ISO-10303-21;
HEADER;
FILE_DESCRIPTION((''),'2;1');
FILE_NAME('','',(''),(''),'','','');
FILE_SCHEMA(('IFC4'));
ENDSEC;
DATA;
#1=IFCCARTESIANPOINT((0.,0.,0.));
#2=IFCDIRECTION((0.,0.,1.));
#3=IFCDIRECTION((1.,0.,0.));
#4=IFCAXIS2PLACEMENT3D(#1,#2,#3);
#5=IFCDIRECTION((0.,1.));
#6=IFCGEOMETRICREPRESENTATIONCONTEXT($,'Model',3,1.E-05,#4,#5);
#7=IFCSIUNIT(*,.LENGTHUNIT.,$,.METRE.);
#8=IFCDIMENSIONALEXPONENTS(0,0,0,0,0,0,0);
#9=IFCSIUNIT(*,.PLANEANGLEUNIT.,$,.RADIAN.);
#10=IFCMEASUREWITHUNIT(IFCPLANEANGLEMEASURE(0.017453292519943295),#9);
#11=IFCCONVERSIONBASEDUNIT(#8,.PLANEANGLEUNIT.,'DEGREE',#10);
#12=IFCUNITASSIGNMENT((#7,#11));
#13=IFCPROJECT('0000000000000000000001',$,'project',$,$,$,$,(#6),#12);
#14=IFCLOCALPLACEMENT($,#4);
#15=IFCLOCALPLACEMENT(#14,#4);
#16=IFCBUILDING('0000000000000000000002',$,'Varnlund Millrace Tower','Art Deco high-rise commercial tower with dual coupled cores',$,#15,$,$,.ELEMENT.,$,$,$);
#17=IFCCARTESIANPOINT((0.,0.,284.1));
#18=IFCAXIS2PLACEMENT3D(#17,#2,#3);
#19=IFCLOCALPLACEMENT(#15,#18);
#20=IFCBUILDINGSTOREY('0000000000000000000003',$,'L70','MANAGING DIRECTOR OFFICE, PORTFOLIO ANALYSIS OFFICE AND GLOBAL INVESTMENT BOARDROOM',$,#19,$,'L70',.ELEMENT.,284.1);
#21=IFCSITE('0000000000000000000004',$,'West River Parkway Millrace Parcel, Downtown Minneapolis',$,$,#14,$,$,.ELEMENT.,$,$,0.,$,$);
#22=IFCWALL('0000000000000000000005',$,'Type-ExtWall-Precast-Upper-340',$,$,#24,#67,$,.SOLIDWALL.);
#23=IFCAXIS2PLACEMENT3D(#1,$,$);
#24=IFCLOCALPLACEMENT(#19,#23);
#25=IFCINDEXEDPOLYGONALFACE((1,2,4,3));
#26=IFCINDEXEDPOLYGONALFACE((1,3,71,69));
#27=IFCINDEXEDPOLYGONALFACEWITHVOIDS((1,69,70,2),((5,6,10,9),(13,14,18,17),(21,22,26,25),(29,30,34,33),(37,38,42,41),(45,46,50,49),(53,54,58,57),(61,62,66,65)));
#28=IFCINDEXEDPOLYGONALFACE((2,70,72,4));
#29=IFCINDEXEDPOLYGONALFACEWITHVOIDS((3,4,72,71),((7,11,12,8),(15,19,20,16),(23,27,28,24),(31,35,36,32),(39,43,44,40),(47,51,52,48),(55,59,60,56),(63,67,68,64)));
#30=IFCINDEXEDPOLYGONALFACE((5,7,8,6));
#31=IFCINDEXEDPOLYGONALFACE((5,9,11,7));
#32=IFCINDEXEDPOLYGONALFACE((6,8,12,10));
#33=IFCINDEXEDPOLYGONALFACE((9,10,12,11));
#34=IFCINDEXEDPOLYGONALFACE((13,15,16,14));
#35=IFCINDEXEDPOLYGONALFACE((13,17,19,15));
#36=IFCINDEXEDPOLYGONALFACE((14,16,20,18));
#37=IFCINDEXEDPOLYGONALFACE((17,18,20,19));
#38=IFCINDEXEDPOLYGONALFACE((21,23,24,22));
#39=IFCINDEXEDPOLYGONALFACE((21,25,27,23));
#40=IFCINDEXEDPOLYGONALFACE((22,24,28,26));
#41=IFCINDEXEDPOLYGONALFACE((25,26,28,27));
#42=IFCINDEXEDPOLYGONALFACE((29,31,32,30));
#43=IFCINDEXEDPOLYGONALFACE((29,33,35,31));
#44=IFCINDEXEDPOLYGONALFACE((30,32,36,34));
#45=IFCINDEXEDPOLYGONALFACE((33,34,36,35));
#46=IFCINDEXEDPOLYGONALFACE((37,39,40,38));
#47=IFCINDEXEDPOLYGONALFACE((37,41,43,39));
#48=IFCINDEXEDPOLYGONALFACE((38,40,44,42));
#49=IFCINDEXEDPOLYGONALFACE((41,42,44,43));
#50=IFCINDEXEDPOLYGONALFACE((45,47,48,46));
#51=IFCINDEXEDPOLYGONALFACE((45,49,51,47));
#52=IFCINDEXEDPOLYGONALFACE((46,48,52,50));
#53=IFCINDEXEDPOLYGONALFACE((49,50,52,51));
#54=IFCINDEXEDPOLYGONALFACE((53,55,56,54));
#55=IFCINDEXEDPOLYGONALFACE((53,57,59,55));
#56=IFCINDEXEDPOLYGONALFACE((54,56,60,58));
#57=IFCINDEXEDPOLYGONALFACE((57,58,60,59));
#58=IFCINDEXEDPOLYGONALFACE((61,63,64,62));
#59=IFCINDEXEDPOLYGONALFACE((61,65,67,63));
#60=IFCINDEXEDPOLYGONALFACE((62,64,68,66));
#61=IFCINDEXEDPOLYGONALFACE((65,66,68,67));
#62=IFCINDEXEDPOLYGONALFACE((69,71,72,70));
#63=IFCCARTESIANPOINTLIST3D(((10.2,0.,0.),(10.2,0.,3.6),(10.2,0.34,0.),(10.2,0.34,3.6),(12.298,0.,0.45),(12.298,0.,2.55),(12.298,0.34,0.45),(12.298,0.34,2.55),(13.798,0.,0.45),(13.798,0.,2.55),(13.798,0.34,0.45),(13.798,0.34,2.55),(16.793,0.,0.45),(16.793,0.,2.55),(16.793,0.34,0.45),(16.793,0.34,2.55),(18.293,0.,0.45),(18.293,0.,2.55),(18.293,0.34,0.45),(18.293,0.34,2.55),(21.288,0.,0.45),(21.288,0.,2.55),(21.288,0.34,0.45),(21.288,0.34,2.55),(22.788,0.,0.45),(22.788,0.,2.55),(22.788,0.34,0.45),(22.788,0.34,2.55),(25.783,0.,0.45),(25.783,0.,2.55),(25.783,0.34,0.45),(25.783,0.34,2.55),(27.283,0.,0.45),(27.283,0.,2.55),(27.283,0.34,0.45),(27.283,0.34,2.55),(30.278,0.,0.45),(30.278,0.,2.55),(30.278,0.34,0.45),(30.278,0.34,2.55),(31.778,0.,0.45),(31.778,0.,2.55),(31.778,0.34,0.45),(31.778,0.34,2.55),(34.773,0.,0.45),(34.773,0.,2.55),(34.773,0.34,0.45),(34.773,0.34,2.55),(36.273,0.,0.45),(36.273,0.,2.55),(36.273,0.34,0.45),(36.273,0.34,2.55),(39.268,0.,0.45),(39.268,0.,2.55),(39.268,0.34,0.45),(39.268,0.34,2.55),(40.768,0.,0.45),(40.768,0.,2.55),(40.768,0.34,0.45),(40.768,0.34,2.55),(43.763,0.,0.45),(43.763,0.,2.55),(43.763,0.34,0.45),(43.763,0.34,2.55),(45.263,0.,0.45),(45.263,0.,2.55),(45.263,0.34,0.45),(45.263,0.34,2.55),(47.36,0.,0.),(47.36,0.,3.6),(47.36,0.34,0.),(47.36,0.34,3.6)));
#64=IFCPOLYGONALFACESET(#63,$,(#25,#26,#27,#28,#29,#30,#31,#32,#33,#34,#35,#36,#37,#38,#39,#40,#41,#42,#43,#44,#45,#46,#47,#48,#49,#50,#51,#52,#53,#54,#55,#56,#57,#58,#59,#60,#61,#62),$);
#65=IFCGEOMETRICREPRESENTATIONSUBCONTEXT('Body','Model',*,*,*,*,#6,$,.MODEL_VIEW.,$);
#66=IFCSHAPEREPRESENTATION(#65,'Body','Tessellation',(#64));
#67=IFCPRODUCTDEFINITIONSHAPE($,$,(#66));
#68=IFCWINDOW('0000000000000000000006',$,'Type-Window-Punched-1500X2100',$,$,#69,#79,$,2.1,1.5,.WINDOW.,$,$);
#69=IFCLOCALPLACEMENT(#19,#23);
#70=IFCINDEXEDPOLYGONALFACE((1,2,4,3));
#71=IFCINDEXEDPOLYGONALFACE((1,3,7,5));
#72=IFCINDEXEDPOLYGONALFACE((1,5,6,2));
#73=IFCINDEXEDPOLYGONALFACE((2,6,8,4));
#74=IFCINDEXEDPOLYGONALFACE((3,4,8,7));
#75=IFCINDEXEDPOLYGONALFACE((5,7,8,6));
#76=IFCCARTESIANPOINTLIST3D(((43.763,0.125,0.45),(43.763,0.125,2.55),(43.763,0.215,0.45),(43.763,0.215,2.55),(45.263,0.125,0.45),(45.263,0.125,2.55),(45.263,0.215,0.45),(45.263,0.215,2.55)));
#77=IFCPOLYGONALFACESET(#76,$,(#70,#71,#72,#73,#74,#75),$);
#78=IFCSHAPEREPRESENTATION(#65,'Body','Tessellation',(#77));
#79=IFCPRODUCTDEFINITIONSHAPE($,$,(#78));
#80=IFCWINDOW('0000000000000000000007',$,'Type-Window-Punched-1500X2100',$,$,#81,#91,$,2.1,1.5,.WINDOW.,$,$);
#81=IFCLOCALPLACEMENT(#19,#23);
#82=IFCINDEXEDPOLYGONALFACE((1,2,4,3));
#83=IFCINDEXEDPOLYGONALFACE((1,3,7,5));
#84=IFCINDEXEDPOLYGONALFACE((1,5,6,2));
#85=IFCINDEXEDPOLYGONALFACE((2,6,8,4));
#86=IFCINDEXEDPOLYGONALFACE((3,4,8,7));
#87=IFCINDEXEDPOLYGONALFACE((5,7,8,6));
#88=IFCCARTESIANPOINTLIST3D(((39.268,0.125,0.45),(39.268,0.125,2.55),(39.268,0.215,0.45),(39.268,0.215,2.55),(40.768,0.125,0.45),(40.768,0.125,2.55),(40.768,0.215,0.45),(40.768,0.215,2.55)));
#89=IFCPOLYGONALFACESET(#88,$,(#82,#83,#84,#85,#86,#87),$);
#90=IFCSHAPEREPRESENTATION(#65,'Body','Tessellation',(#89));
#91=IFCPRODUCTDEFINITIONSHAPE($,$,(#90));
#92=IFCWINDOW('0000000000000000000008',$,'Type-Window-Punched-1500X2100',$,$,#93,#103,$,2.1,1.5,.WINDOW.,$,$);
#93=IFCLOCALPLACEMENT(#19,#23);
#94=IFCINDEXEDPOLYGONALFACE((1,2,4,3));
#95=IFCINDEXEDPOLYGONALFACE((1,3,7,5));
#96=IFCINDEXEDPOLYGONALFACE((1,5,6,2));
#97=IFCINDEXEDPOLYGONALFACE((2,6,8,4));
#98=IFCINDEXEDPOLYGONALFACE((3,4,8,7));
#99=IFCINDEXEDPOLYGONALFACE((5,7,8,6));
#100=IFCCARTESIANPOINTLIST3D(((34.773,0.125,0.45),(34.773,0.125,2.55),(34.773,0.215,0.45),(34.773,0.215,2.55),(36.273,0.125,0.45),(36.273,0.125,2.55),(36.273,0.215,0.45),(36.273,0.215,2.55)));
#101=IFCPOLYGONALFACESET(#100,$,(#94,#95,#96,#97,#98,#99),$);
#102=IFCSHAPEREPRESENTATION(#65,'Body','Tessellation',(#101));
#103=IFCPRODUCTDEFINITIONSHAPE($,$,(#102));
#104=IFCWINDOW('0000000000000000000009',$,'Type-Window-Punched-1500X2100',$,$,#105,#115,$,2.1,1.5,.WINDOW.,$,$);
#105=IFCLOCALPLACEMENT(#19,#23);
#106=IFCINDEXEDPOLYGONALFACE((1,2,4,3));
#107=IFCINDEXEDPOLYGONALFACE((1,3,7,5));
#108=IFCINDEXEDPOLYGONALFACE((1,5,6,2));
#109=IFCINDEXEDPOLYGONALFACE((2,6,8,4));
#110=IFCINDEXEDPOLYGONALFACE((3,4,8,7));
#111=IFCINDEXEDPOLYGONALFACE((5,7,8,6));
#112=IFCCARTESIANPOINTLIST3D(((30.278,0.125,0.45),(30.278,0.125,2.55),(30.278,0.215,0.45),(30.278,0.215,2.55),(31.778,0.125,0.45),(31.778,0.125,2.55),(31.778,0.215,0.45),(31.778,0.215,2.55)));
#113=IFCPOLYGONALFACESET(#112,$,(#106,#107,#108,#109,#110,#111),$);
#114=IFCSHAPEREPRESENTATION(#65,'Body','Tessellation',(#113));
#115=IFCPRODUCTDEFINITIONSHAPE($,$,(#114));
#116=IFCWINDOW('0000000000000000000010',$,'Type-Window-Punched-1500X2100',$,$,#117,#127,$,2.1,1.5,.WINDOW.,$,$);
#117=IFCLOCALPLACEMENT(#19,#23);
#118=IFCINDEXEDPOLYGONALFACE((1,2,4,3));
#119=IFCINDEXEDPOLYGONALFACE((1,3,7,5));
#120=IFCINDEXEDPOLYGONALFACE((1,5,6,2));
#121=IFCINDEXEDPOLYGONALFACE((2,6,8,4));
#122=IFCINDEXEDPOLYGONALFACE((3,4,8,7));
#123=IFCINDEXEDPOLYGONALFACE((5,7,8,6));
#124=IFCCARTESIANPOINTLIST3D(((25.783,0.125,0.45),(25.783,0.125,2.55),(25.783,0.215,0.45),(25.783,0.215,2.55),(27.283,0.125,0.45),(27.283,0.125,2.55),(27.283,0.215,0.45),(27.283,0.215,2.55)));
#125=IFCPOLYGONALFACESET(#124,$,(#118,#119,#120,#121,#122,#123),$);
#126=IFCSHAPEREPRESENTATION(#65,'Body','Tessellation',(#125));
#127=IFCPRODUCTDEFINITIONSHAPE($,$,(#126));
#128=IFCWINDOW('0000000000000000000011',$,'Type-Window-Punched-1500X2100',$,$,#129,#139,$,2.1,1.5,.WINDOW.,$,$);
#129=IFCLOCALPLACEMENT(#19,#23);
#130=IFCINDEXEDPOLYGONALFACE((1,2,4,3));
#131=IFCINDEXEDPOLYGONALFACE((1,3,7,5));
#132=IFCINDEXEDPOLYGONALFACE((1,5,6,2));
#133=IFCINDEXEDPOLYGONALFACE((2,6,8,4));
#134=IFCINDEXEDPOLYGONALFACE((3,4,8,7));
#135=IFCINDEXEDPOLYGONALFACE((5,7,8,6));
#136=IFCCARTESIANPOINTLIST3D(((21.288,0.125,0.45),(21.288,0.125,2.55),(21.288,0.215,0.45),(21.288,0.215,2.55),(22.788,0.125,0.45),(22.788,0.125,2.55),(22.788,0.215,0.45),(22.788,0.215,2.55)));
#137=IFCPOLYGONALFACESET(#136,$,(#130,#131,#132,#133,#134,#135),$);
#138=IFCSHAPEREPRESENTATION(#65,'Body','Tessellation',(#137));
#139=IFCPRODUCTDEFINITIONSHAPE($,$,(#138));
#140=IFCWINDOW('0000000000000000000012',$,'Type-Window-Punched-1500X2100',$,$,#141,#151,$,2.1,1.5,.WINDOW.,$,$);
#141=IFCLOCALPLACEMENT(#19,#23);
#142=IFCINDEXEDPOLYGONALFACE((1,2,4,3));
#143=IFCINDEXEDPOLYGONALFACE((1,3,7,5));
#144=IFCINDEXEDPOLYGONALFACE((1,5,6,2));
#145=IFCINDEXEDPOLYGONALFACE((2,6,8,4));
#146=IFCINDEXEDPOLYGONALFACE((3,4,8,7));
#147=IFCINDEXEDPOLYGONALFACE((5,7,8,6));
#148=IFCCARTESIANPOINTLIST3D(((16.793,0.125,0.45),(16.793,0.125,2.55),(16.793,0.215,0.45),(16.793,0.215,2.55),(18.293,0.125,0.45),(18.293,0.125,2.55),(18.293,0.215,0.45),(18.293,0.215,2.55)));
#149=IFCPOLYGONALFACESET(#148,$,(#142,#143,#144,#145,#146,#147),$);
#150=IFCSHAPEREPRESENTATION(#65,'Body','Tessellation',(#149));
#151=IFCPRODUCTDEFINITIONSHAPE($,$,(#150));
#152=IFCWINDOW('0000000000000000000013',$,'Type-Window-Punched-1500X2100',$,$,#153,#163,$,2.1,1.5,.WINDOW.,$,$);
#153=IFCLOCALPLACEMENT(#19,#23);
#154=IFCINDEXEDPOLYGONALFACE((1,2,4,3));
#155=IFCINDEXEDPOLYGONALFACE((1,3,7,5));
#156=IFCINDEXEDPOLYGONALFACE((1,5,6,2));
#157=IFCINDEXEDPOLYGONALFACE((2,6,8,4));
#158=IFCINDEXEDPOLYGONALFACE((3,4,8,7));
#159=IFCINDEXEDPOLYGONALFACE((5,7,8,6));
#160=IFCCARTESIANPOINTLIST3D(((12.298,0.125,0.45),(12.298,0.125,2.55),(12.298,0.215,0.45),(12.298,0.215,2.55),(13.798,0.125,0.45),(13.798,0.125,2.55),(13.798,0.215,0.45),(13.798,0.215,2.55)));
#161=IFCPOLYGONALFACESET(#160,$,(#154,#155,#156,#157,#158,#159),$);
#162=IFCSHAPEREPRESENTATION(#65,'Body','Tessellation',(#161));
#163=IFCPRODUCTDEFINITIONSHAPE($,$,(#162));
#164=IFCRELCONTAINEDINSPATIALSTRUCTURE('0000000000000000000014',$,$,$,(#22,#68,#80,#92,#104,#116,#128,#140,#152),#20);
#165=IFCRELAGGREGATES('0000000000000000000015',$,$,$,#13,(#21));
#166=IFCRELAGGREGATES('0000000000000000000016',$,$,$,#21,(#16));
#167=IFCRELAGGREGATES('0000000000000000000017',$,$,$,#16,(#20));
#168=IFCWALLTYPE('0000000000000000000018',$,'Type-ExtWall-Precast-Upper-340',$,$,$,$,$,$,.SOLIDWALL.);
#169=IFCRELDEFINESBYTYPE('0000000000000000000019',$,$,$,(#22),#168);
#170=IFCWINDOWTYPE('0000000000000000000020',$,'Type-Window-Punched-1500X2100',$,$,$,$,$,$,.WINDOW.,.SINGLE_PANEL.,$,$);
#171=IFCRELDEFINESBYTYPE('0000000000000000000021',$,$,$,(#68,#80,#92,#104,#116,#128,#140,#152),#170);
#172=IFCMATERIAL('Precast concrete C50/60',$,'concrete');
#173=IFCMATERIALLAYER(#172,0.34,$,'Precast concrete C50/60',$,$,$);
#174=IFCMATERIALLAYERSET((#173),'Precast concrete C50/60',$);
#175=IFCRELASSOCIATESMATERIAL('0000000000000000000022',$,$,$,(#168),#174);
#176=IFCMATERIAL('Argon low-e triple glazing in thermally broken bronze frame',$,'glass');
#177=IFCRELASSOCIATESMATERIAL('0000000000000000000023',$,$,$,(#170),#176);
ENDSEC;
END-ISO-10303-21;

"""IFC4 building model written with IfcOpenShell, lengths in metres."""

from ifc_helpers import new_model, entity, si_unit, converted_unit, direction, frame, origin_with_axes, origin_2d_with_axis, place, context, subcontext, project, spatial, polyline, rectangle, outline, extrude, material, layer, layer_set, type_object, element, fill, save


model = new_model("IFC4")

# Units and contexts
model_context = context("Model", 3, precision=1e-05, world=origin_with_axes(), true_north=direction((0.0, 1.0)))
body_context = subcontext(model_context, "Body", "Model", "MODEL_VIEW")
ifc_project = project(units=[si_unit("LENGTHUNIT", "METRE"), converted_unit("PLANEANGLEUNIT", "DEGREE", entity("IfcPlaneAngleMeasure", 0.017453292519943295), si_unit("PLANEANGLEUNIT", "RADIAN"), dimensions=[0, 0, 0, 0, 0, 0, 0])], contexts=[model_context])

# Site, building, storey
site_placement = place(None, origin_with_axes())
site = spatial("IfcSite", under=ifc_project, at=site_placement, Name="West River Parkway Millrace Parcel, Downtown Minneapolis", CompositionType="ELEMENT", RefElevation=0.0)
building_placement = place(site_placement, origin_with_axes())
building = spatial("IfcBuilding", under=site, at=building_placement, Name="Varnlund Millrace Tower", Description="Art Deco high-rise commercial tower with dual coupled cores", CompositionType="ELEMENT")
storey_placement = place(building_placement, frame((0.0, 0.0, 284.1), z_axis=(0.0, 0.0, 1.0), x_axis=(1.0, 0.0, 0.0)))
storey = spatial("IfcBuildingStorey", under=building, at=storey_placement, Name="L70", Description="MANAGING DIRECTOR OFFICE, PORTFOLIO ANALYSIS OFFICE AND GLOBAL INVESTMENT BOARDROOM", LongName="L70", CompositionType="ELEMENT", Elevation=284.1)

# Shared definitions
ifc_material_1 = material(Name="Precast concrete C50/60", Category="concrete")
ifc_layer_1 = layer(ifc_material_1, 0.34, Name="Precast concrete C50/60")
ifc_layer_set_1 = layer_set([ifc_layer_1], Name="Precast concrete C50/60")
wall_type_1 = type_object("IfcWallType", Name="Type-ExtWall-Precast-Upper-340", PredefinedType="SOLIDWALL", material=ifc_layer_set_1)

# Wall, openings, windows
wall_1_placement = place(storey_placement, frame((47.36, 0.17, 0.0), z_axis=(0.0, 0.0, 1.0), x_axis=(-1.0, 0.0, 0.0)))
wall_1 = element("IfcWall", 1, at=wall_1_placement, inside=storey, type_object=wall_type_1, Name="Type-ExtWall-Precast-Upper-340", PredefinedType="SOLIDWALL", context=body_context, shape_type="SweptSolid", body=[
    extrude(outline(polyline([(0.0, -0.17), (37.16, -0.17), (37.16, 0.17), (0.0, 0.17), (0.0, -0.17)])), origin_with_axes(), (0.0, 0.0, 1.0), 3.6),
])
opening_1_placement = place(wall_1_placement, frame((2.847, 0.0, 0.45), z_axis=(0.0, 0.0, 1.0), x_axis=(1.0, 0.0, 0.0)))
opening_1 = element("IfcOpeningElement", 2, at=opening_1_placement, cuts=wall_1, PredefinedType="OPENING", context=body_context, shape_type="SweptSolid", body=[
    extrude(rectangle(XDim=1.5, YDim=0.36, at=origin_2d_with_axis()), origin_with_axes(), (0.0, 0.0, 1.0), 2.1),
])
opening_2_placement = place(wall_1_placement, frame((7.342, 0.0, 0.45), z_axis=(0.0, 0.0, 1.0), x_axis=(1.0, 0.0, 0.0)))
opening_2 = element("IfcOpeningElement", 3, at=opening_2_placement, cuts=wall_1, PredefinedType="OPENING", context=body_context, shape_type="SweptSolid", body=[
    extrude(rectangle(XDim=1.5, YDim=0.36, at=origin_2d_with_axis()), origin_with_axes(), (0.0, 0.0, 1.0), 2.1),
])
opening_3_placement = place(wall_1_placement, frame((11.837, 0.0, 0.45), z_axis=(0.0, 0.0, 1.0), x_axis=(1.0, 0.0, 0.0)))
opening_3 = element("IfcOpeningElement", 4, at=opening_3_placement, cuts=wall_1, PredefinedType="OPENING", context=body_context, shape_type="SweptSolid", body=[
    extrude(rectangle(XDim=1.5, YDim=0.36, at=origin_2d_with_axis()), origin_with_axes(), (0.0, 0.0, 1.0), 2.1),
])
opening_4_placement = place(wall_1_placement, frame((16.332, 0.0, 0.45), z_axis=(0.0, 0.0, 1.0), x_axis=(1.0, 0.0, 0.0)))
opening_4 = element("IfcOpeningElement", 5, at=opening_4_placement, cuts=wall_1, PredefinedType="OPENING", context=body_context, shape_type="SweptSolid", body=[
    extrude(rectangle(XDim=1.5, YDim=0.36, at=origin_2d_with_axis()), origin_with_axes(), (0.0, 0.0, 1.0), 2.1),
])
opening_5_placement = place(wall_1_placement, frame((20.827, 0.0, 0.45), z_axis=(0.0, 0.0, 1.0), x_axis=(1.0, 0.0, 0.0)))
opening_5 = element("IfcOpeningElement", 6, at=opening_5_placement, cuts=wall_1, PredefinedType="OPENING", context=body_context, shape_type="SweptSolid", body=[
    extrude(rectangle(XDim=1.5, YDim=0.36, at=origin_2d_with_axis()), origin_with_axes(), (0.0, 0.0, 1.0), 2.1),
])
opening_6_placement = place(wall_1_placement, frame((25.322, 0.0, 0.45), z_axis=(0.0, 0.0, 1.0), x_axis=(1.0, 0.0, 0.0)))
opening_6 = element("IfcOpeningElement", 7, at=opening_6_placement, cuts=wall_1, PredefinedType="OPENING", context=body_context, shape_type="SweptSolid", body=[
    extrude(rectangle(XDim=1.5, YDim=0.36, at=origin_2d_with_axis()), origin_with_axes(), (0.0, 0.0, 1.0), 2.1),
])
opening_7_placement = place(wall_1_placement, frame((29.817, 0.0, 0.45), z_axis=(0.0, 0.0, 1.0), x_axis=(1.0, 0.0, 0.0)))
opening_7 = element("IfcOpeningElement", 8, at=opening_7_placement, cuts=wall_1, PredefinedType="OPENING", context=body_context, shape_type="SweptSolid", body=[
    extrude(rectangle(XDim=1.5, YDim=0.36, at=origin_2d_with_axis()), origin_with_axes(), (0.0, 0.0, 1.0), 2.1),
])
opening_8_placement = place(wall_1_placement, frame((34.312, 0.0, 0.45), z_axis=(0.0, 0.0, 1.0), x_axis=(1.0, 0.0, 0.0)))
opening_8 = element("IfcOpeningElement", 9, at=opening_8_placement, cuts=wall_1, PredefinedType="OPENING", context=body_context, shape_type="SweptSolid", body=[
    extrude(rectangle(XDim=1.5, YDim=0.36, at=origin_2d_with_axis()), origin_with_axes(), (0.0, 0.0, 1.0), 2.1),
])
ifc_material_2 = material(Name="Argon low-e triple glazing in thermally broken bronze frame", Category="glass")
window_type = type_object("IfcWindowType", Name="Type-Window-Punched-1500X2100", PartitioningType="SINGLE_PANEL", PredefinedType="WINDOW", material=ifc_material_2)
window_1_placement = place(wall_1_placement, frame((2.847, 0.0, 0.45), z_axis=(0.0, 0.0, 1.0), x_axis=(1.0, 0.0, 0.0)))
window_1 = element("IfcWindow", 10, at=window_1_placement, inside=storey, type_object=window_type, Name="Type-Window-Punched-1500X2100", OverallHeight=2.1, OverallWidth=1.5, PredefinedType="WINDOW", context=body_context, shape_type="SweptSolid", body=[
    extrude(rectangle(XDim=1.5, YDim=0.09, at=origin_2d_with_axis()), origin_with_axes(), (0.0, 0.0, 1.0), 2.1),
])
fill(opening_1, window_1)
window_2_placement = place(wall_1_placement, frame((7.342, 0.0, 0.45), z_axis=(0.0, 0.0, 1.0), x_axis=(1.0, 0.0, 0.0)))
window_2 = element("IfcWindow", 11, at=window_2_placement, inside=storey, type_object=window_type, Name="Type-Window-Punched-1500X2100", OverallHeight=2.1, OverallWidth=1.5, PredefinedType="WINDOW", context=body_context, shape_type="SweptSolid", body=[
    extrude(rectangle(XDim=1.5, YDim=0.09, at=origin_2d_with_axis()), origin_with_axes(), (0.0, 0.0, 1.0), 2.1),
])
fill(opening_2, window_2)
window_3_placement = place(wall_1_placement, frame((11.837, 0.0, 0.45), z_axis=(0.0, 0.0, 1.0), x_axis=(1.0, 0.0, 0.0)))
window_3 = element("IfcWindow", 12, at=window_3_placement, inside=storey, type_object=window_type, Name="Type-Window-Punched-1500X2100", OverallHeight=2.1, OverallWidth=1.5, PredefinedType="WINDOW", context=body_context, shape_type="SweptSolid", body=[
    extrude(rectangle(XDim=1.5, YDim=0.09, at=origin_2d_with_axis()), origin_with_axes(), (0.0, 0.0, 1.0), 2.1),
])
fill(opening_3, window_3)
window_4_placement = place(wall_1_placement, frame((16.332, 0.0, 0.45), z_axis=(0.0, 0.0, 1.0), x_axis=(1.0, 0.0, 0.0)))
window_4 = element("IfcWindow", 13, at=window_4_placement, inside=storey, type_object=window_type, Name="Type-Window-Punched-1500X2100", OverallHeight=2.1, OverallWidth=1.5, PredefinedType="WINDOW", context=body_context, shape_type="SweptSolid", body=[
    extrude(rectangle(XDim=1.5, YDim=0.09, at=origin_2d_with_axis()), origin_with_axes(), (0.0, 0.0, 1.0), 2.1),
])
fill(opening_4, window_4)
window_5_placement = place(wall_1_placement, frame((20.827, 0.0, 0.45), z_axis=(0.0, 0.0, 1.0), x_axis=(1.0, 0.0, 0.0)))
window_5 = element("IfcWindow", 14, at=window_5_placement, inside=storey, type_object=window_type, Name="Type-Window-Punched-1500X2100", OverallHeight=2.1, OverallWidth=1.5, PredefinedType="WINDOW", context=body_context, shape_type="SweptSolid", body=[
    extrude(rectangle(XDim=1.5, YDim=0.09, at=origin_2d_with_axis()), origin_with_axes(), (0.0, 0.0, 1.0), 2.1),
])
fill(opening_5, window_5)
window_6_placement = place(wall_1_placement, frame((25.322, 0.0, 0.45), z_axis=(0.0, 0.0, 1.0), x_axis=(1.0, 0.0, 0.0)))
window_6 = element("IfcWindow", 15, at=window_6_placement, inside=storey, type_object=window_type, Name="Type-Window-Punched-1500X2100", OverallHeight=2.1, OverallWidth=1.5, PredefinedType="WINDOW", context=body_context, shape_type="SweptSolid", body=[
    extrude(rectangle(XDim=1.5, YDim=0.09, at=origin_2d_with_axis()), origin_with_axes(), (0.0, 0.0, 1.0), 2.1),
])
fill(opening_6, window_6)
window_7_placement = place(wall_1_placement, frame((29.817, 0.0, 0.45), z_axis=(0.0, 0.0, 1.0), x_axis=(1.0, 0.0, 0.0)))
window_7 = element("IfcWindow", 16, at=window_7_placement, inside=storey, type_object=window_type, Name="Type-Window-Punched-1500X2100", OverallHeight=2.1, OverallWidth=1.5, PredefinedType="WINDOW", context=body_context, shape_type="SweptSolid", body=[
    extrude(rectangle(XDim=1.5, YDim=0.09, at=origin_2d_with_axis()), origin_with_axes(), (0.0, 0.0, 1.0), 2.1),
])
fill(opening_7, window_7)
window_8_placement = place(wall_1_placement, frame((34.312, 0.0, 0.45), z_axis=(0.0, 0.0, 1.0), x_axis=(1.0, 0.0, 0.0)))
window_8 = element("IfcWindow", 17, at=window_8_placement, inside=storey, type_object=window_type, Name="Type-Window-Punched-1500X2100", OverallHeight=2.1, OverallWidth=1.5, PredefinedType="WINDOW", context=body_context, shape_type="SweptSolid", body=[
    extrude(rectangle(XDim=1.5, YDim=0.09, at=origin_2d_with_axis()), origin_with_axes(), (0.0, 0.0, 1.0), 2.1),
])
fill(opening_8, window_8)

save(model, "model.ifc")
